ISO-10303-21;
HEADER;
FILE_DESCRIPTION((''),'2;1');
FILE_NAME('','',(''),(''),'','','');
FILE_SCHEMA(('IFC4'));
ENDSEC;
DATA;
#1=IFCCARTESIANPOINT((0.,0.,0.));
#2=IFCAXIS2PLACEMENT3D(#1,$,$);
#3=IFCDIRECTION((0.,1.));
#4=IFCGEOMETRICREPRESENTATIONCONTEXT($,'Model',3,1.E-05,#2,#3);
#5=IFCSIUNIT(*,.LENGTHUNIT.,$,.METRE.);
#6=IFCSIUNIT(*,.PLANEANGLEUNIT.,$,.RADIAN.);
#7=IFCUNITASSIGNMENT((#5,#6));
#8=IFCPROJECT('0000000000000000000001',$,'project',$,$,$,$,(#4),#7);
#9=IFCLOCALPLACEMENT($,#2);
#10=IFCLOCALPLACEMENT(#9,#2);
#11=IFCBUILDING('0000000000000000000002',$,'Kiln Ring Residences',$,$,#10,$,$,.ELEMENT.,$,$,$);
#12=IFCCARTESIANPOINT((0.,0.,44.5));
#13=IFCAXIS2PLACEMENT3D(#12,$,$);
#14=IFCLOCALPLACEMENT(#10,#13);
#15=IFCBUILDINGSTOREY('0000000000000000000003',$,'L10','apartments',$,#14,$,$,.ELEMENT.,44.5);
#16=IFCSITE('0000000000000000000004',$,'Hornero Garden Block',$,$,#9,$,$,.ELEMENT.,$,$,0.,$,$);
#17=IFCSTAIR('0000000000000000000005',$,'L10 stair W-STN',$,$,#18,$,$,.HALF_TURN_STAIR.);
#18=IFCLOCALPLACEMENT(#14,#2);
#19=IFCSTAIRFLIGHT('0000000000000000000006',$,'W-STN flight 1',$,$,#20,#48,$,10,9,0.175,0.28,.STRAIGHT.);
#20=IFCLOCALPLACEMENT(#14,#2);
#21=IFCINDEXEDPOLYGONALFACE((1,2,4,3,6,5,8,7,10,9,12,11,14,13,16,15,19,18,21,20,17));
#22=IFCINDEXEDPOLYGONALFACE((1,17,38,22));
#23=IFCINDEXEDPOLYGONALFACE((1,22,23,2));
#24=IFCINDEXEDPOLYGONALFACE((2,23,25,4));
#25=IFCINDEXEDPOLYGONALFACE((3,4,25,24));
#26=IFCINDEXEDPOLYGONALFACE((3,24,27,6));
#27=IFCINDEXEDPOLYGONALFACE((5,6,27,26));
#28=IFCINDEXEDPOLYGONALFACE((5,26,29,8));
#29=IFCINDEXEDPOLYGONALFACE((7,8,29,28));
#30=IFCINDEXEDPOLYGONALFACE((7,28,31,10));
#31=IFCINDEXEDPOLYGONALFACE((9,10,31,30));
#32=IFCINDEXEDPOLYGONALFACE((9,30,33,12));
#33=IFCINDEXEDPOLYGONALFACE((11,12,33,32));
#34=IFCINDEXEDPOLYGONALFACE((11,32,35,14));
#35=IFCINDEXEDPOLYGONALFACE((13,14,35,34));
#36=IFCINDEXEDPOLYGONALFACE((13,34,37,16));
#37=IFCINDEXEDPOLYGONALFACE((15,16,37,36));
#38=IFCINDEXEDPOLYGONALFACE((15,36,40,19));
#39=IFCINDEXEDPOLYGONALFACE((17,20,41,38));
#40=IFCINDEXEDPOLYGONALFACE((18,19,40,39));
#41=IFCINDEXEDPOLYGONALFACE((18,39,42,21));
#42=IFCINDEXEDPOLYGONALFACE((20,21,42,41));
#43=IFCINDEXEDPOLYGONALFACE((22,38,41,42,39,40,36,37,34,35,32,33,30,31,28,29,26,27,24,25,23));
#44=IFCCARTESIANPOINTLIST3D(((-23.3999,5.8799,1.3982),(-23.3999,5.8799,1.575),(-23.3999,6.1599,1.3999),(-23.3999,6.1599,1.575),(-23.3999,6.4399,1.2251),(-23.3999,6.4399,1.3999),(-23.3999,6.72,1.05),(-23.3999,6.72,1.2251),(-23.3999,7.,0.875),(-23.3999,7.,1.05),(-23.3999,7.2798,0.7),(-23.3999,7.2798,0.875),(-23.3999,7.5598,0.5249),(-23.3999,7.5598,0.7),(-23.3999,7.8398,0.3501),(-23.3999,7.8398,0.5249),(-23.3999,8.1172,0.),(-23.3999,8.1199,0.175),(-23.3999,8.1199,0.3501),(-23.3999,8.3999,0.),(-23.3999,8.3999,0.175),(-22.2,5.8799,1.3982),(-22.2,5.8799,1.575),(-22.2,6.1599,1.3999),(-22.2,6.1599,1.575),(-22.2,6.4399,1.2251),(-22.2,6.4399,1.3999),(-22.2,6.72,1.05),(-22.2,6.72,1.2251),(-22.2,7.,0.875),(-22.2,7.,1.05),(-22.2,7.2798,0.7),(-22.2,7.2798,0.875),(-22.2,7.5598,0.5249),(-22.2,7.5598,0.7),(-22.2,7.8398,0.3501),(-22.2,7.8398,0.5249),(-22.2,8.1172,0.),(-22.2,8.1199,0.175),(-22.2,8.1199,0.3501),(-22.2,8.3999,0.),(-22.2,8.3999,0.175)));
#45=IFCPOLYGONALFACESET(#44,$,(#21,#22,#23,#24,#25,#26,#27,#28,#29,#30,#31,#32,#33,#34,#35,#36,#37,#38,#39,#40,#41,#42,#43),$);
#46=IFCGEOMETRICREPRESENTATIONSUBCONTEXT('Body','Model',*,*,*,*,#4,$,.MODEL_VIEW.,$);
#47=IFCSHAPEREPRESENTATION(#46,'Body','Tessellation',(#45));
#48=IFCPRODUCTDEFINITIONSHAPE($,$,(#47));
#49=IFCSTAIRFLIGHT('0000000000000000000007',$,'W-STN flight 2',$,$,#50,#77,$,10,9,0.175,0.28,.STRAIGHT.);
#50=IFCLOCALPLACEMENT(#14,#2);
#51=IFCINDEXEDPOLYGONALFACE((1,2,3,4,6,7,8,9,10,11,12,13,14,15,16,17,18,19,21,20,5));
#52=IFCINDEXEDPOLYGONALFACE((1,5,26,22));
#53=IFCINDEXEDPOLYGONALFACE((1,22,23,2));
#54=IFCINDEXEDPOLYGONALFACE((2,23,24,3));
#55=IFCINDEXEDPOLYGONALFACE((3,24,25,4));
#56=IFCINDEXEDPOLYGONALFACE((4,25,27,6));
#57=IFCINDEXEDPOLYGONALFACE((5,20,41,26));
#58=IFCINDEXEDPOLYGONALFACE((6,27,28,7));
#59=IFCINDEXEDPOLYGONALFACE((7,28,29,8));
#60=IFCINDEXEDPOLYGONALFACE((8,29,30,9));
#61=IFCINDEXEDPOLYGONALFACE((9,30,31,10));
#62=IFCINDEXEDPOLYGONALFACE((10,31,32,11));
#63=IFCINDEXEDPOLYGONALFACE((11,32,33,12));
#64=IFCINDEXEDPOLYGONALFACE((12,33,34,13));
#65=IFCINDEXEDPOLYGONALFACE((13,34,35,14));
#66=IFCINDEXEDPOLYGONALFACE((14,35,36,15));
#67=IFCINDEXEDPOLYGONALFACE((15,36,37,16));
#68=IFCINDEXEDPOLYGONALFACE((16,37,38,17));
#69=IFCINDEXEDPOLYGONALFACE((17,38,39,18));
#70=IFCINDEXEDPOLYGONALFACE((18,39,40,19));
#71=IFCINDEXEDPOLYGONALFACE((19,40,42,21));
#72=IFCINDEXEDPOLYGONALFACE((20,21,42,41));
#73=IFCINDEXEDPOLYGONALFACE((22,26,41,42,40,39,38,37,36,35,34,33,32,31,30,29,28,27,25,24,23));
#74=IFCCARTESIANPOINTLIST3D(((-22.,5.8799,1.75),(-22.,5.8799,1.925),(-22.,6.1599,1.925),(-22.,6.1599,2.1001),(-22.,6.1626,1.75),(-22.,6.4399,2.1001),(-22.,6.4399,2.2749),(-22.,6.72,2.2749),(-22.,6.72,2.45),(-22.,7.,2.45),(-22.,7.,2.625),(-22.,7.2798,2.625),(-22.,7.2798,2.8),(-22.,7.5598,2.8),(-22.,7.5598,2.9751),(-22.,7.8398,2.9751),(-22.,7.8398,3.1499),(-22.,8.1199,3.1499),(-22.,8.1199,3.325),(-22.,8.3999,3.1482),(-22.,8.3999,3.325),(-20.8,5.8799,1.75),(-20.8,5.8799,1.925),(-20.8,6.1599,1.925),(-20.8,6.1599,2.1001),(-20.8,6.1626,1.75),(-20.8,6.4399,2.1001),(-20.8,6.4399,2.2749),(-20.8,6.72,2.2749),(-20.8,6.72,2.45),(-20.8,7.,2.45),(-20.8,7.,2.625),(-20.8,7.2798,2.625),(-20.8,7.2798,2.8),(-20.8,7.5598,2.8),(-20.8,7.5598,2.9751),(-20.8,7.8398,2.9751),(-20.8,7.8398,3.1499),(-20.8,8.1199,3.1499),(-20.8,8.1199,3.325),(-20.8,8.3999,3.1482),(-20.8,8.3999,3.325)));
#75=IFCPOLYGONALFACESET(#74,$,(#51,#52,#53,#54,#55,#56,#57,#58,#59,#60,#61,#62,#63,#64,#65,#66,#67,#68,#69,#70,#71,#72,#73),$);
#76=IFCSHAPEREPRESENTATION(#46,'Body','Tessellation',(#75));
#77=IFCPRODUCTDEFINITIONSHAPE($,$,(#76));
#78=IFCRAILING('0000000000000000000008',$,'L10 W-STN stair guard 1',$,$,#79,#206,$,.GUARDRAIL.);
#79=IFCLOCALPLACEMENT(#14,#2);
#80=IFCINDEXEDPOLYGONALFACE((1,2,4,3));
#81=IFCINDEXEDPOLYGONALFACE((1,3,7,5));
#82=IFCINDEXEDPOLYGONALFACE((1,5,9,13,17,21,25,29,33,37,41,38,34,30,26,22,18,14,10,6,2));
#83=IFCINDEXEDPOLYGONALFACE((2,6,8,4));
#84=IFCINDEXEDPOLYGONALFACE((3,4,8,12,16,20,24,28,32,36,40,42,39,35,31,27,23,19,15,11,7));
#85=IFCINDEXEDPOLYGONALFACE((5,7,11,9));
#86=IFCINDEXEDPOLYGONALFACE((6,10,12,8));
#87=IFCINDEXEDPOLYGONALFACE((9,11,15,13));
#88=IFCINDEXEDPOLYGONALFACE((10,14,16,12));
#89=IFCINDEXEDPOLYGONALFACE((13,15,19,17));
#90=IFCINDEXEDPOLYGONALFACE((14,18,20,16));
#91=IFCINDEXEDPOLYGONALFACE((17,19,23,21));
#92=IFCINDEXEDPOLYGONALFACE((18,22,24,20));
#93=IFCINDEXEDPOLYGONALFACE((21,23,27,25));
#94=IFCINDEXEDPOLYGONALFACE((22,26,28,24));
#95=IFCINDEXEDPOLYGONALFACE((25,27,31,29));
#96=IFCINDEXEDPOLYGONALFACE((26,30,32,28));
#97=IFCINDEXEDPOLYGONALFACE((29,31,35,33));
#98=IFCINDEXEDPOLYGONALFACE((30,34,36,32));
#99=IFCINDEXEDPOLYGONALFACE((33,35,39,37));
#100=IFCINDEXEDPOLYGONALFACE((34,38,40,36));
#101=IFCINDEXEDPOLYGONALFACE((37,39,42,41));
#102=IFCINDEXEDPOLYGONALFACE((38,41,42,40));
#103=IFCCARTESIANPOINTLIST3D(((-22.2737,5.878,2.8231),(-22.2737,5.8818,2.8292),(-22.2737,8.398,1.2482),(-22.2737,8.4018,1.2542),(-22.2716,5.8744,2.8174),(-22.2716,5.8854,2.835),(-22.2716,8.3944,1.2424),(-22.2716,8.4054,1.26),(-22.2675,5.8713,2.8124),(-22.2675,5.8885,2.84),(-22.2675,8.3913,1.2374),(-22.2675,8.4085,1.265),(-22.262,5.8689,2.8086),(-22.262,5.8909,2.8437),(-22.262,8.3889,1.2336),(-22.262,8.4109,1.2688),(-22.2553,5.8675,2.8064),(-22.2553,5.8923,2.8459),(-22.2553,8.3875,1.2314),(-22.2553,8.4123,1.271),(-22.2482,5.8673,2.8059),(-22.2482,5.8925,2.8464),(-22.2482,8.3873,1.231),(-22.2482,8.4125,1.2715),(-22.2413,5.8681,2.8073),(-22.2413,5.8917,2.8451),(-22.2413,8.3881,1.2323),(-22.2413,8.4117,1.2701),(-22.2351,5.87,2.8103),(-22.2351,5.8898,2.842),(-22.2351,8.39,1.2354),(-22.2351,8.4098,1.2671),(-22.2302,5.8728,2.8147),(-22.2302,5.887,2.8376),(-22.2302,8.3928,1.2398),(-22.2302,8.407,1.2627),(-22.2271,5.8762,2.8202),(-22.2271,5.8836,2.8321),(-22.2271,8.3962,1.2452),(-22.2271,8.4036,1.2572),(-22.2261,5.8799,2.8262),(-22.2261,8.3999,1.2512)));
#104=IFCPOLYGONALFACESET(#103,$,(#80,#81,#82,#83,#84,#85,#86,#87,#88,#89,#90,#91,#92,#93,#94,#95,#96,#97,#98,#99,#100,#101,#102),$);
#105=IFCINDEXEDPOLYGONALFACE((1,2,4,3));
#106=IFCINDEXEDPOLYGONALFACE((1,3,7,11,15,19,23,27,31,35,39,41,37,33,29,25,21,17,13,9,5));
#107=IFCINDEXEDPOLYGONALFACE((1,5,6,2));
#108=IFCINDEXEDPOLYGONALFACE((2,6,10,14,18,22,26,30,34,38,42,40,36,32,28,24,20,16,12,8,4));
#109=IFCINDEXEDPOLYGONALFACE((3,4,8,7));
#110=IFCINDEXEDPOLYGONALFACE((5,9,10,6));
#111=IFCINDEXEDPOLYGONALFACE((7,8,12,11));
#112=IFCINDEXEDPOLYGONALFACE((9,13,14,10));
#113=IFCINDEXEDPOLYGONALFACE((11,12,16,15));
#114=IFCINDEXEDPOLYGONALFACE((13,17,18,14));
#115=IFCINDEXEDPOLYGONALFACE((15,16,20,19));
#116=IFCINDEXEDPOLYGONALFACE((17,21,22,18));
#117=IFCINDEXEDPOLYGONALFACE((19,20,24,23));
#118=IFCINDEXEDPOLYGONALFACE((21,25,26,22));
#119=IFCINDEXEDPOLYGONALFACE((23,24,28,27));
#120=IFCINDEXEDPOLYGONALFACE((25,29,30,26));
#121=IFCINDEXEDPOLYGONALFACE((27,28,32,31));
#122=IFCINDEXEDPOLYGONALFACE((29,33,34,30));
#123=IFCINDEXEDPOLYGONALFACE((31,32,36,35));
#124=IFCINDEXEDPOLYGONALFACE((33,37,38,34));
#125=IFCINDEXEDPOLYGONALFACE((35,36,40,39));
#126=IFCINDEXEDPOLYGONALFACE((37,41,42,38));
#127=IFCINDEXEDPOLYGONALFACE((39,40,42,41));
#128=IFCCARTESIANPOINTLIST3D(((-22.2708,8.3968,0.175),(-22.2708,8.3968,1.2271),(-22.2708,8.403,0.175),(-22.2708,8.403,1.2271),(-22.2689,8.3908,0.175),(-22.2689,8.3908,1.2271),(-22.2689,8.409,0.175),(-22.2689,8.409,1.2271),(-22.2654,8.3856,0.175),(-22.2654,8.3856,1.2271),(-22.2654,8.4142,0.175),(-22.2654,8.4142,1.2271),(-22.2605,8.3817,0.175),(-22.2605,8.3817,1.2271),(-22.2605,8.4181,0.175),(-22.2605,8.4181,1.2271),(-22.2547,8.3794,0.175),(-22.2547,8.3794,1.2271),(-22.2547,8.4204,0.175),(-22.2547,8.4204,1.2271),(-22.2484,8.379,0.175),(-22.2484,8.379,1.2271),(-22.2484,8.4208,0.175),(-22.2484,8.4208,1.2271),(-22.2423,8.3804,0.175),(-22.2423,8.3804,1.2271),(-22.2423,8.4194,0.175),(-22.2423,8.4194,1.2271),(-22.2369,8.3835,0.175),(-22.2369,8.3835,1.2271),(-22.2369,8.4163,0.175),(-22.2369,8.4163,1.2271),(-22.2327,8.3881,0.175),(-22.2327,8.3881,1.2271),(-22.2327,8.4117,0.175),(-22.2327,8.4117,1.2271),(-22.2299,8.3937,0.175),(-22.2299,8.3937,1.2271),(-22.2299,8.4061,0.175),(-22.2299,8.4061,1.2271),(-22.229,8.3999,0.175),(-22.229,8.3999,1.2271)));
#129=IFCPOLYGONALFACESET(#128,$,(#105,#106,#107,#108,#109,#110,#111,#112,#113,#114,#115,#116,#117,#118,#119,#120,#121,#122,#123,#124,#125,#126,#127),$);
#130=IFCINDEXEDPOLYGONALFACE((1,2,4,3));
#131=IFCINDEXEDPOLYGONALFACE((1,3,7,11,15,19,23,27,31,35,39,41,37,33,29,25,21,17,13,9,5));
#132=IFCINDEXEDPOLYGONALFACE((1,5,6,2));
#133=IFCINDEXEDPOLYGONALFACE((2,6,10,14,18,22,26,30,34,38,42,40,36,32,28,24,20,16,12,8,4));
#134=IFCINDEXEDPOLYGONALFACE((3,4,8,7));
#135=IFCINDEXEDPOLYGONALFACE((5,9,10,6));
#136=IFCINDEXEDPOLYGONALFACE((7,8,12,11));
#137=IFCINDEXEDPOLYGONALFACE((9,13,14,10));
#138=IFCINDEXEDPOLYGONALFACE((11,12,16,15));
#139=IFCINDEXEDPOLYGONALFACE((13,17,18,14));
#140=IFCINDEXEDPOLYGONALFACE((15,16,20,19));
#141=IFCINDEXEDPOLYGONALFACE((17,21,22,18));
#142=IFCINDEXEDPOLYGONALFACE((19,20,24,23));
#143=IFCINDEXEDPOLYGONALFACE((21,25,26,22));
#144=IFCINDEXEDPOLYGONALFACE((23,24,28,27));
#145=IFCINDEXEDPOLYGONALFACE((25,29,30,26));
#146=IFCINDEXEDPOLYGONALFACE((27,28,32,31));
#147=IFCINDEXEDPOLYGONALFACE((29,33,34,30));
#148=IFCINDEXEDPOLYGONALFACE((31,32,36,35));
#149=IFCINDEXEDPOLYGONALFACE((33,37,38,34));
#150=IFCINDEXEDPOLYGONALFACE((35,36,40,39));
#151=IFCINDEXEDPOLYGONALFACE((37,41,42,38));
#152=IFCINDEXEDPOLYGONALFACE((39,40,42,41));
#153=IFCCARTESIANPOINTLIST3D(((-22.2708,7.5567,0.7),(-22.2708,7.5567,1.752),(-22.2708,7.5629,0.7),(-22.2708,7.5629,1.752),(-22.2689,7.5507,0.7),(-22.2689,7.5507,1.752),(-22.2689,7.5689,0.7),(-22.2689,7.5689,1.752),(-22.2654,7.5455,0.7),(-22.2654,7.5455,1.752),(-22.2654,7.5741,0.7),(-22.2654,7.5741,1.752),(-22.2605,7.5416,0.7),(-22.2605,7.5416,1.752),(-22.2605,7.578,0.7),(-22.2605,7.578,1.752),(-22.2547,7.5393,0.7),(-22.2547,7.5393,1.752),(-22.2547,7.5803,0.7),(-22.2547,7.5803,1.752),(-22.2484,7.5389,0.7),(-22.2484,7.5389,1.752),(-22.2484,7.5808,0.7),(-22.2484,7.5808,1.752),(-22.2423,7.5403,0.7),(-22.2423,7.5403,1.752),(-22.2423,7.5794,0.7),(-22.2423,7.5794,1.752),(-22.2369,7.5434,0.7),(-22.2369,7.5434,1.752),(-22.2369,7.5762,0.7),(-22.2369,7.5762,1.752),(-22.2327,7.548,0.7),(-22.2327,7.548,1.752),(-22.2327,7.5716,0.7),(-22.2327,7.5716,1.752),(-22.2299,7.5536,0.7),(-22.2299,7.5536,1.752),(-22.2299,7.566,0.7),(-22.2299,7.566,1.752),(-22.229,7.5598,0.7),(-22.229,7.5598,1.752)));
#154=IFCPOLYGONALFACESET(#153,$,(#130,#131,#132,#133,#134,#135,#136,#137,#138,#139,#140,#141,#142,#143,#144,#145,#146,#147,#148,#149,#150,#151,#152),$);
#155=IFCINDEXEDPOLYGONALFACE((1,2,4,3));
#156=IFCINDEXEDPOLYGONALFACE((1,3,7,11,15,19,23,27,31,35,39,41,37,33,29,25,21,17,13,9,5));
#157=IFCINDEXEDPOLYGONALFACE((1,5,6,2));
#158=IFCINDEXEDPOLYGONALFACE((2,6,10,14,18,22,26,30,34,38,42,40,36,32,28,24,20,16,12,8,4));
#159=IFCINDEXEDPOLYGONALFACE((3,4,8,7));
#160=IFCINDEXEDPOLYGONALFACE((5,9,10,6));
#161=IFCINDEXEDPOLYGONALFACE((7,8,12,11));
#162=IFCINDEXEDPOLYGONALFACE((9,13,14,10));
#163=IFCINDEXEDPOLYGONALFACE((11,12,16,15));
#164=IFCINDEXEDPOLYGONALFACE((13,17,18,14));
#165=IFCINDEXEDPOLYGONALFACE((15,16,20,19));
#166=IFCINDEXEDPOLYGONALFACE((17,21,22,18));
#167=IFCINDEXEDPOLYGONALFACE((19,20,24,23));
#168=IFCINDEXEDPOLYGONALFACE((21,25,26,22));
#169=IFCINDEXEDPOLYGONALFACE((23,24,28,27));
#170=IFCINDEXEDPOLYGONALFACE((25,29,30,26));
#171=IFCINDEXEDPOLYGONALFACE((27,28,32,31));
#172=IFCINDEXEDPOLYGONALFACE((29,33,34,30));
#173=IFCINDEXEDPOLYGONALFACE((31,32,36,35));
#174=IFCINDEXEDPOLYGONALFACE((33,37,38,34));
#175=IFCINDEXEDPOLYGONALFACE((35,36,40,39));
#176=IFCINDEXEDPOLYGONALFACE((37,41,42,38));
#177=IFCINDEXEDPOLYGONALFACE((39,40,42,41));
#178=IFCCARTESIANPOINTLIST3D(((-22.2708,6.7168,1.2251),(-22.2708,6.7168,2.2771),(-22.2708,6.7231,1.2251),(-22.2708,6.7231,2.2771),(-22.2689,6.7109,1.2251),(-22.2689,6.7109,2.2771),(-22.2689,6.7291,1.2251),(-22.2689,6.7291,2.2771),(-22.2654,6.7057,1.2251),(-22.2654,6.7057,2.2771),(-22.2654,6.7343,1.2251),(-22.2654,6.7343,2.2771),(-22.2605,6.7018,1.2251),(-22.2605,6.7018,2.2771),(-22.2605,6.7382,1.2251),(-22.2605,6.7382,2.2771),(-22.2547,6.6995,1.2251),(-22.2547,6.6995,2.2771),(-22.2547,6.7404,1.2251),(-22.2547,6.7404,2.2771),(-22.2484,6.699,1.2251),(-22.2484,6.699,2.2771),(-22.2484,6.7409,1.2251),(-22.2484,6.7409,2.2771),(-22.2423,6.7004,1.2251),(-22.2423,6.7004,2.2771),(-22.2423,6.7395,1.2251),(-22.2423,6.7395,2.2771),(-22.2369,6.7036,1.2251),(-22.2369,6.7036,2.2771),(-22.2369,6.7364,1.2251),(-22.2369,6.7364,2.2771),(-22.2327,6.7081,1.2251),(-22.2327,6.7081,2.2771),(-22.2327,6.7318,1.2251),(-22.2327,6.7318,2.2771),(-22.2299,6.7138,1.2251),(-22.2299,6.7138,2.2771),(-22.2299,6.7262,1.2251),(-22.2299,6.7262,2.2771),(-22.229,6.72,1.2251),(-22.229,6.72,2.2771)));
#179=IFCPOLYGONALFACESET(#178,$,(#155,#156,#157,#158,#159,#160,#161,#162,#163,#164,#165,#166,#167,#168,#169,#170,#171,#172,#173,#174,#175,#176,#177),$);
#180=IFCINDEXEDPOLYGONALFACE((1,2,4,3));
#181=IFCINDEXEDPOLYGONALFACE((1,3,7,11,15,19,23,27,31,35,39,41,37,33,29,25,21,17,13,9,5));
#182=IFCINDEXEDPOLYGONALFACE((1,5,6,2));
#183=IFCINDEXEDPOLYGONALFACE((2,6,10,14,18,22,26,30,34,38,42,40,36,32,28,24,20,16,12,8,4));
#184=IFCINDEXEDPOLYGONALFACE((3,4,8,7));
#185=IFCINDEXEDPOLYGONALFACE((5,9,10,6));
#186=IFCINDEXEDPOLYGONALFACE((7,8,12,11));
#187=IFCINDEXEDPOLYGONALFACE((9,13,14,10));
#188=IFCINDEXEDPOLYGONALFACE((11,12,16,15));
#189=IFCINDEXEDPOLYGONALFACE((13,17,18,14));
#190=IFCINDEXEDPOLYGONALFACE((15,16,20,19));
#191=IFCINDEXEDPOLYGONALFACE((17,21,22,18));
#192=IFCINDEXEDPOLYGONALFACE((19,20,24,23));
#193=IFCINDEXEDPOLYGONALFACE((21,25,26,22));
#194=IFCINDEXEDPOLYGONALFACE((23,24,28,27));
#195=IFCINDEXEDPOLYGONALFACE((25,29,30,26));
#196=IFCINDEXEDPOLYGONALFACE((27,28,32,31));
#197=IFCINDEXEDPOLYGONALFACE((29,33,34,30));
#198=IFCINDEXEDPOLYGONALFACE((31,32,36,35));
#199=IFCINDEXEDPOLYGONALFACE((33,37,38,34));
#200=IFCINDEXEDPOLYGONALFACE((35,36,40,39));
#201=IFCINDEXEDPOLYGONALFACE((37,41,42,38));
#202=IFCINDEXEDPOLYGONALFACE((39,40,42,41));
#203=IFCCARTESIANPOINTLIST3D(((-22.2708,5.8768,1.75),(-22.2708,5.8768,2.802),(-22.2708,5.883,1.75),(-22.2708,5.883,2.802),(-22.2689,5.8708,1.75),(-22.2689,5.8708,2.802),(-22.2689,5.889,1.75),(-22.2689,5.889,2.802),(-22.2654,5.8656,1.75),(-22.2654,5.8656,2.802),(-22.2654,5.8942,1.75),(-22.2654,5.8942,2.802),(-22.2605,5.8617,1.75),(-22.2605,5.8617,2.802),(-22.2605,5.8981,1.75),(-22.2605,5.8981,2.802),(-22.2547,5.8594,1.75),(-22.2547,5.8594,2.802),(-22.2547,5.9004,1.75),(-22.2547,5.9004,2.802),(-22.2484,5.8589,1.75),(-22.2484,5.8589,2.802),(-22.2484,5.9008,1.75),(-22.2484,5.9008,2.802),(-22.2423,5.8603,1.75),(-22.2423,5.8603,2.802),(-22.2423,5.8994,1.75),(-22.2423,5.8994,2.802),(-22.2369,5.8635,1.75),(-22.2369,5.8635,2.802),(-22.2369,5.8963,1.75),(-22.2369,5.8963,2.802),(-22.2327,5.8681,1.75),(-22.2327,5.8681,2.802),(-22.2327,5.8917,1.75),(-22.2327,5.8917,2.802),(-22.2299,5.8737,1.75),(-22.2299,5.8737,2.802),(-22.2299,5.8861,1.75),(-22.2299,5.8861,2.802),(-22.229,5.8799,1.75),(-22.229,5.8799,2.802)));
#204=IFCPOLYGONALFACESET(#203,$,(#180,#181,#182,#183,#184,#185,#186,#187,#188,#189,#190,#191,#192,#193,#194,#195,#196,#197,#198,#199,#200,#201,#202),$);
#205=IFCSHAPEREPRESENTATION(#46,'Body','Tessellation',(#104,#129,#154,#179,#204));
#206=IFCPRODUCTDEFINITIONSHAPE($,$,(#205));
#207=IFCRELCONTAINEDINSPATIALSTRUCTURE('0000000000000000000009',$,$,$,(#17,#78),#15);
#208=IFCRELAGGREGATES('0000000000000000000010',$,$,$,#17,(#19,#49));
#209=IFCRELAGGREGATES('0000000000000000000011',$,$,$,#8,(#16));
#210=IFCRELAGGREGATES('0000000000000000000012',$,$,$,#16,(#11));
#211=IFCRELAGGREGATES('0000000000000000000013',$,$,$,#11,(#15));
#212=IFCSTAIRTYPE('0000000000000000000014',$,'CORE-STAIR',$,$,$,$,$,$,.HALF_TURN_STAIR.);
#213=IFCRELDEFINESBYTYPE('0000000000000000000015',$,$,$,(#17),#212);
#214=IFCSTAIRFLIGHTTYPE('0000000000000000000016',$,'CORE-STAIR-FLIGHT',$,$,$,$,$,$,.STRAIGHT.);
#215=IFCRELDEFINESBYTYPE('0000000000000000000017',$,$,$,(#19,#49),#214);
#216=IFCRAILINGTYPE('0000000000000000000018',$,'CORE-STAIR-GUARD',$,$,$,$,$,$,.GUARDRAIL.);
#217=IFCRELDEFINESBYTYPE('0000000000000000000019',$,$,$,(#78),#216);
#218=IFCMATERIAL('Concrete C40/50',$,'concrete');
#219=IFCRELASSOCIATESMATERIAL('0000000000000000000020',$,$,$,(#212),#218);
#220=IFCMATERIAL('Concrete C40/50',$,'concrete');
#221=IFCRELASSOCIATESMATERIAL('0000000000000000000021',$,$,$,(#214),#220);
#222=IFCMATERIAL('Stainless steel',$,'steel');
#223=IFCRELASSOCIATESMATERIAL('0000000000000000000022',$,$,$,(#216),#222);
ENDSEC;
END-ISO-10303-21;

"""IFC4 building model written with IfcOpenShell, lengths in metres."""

from ifc_helpers import new_model, si_unit, direction, frame, origin, origin_2d, place, context, subcontext, project, spatial, polyline, circle, outline, extrude, material, type_object, element, aggregate, save


model = new_model("IFC4")

# Units and contexts
model_context = context("Model", 3, precision=1e-05, world=origin(), true_north=direction((0.0, 1.0)))
body_context = subcontext(model_context, "Body", "Model", "MODEL_VIEW")
ifc_project = project(units=[si_unit("LENGTHUNIT", "METRE"), si_unit("PLANEANGLEUNIT", "RADIAN")], contexts=[model_context])

# Site, building, storey
site_placement = place(None, origin())
site = spatial("IfcSite", under=ifc_project, at=site_placement, Name="Hornero Garden Block", CompositionType="ELEMENT", RefElevation=0.0)
building_placement = place(site_placement, origin())
building = spatial("IfcBuilding", under=site, at=building_placement, Name="Kiln Ring Residences", CompositionType="ELEMENT")
storey_placement = place(building_placement, frame((0.0, 0.0, 44.5)))
storey = spatial("IfcBuildingStorey", under=building, at=storey_placement, Name="L10", Description="apartments", CompositionType="ELEMENT", Elevation=44.5)

# Stair, stair flights
ifc_material_1 = material(Name="Concrete C40/50", Category="concrete")
stair_type = type_object("IfcStairType", Name="CORE-STAIR", PredefinedType="HALF_TURN_STAIR", material=ifc_material_1)
stair_placement = place(storey_placement, origin())
stair = element("IfcStair", 1, at=stair_placement, inside=storey, type_object=stair_type, Name="L10 stair W-STN", PredefinedType="HALF_TURN_STAIR")
ifc_material_2 = material(Name="Concrete C40/50", Category="concrete")
stair_flight_type = type_object("IfcStairFlightType", Name="CORE-STAIR-FLIGHT", PredefinedType="STRAIGHT", material=ifc_material_2)
stair_flight_1_placement = place(storey_placement, frame((-22.8, 8.3999, 0.0), z_axis=(0.0, 0.0, 1.0), x_axis=(0.0, -1.0, 0.0)))
stair_flight_1 = element("IfcStairFlight", 2, at=stair_flight_1_placement, type_object=stair_flight_type, Name="W-STN flight 1", NumberOfRisers=10, NumberOfTreads=9, PredefinedType="STRAIGHT", RiserHeight=0.175, TreadLength=0.28, context=body_context, shape_type="SweptSolid", body=[
    extrude(outline(polyline([(0.0, 0.0), (0.0, 0.175), (0.28, 0.175), (0.28, 0.3501), (0.5601, 0.3501), (0.5601, 0.5249), (0.8401, 0.5249), (0.8401, 0.7), (1.1201, 0.7), (1.1201, 0.875), (1.3999, 0.875), (1.3999, 1.05), (1.6799, 1.05), (1.6799, 1.2251), (1.96, 1.2251), (1.96, 1.3999), (2.24, 1.3999), (2.24, 1.575), (2.52, 1.575), (2.52, 1.75), (2.52, 1.3982), (0.2827, 0.0), (0.0, 0.0)])), frame((0.0, 0.6001, 0.0), z_axis=(0.0, -1.0, 0.0), x_axis=(1.0, 0.0, 0.0)), (0.0, 0.0, 1.0), 1.2),
])
stair_flight_2_placement = place(storey_placement, frame((-21.3999, 5.8799, 1.75), z_axis=(0.0, 0.0, 1.0), x_axis=(0.0, 1.0, 0.0)))
stair_flight_2 = element("IfcStairFlight", 3, at=stair_flight_2_placement, type_object=stair_flight_type, Name="W-STN flight 2", NumberOfRisers=10, NumberOfTreads=9, PredefinedType="STRAIGHT", RiserHeight=0.175, TreadLength=0.28, context=body_context, shape_type="SweptSolid", body=[
    extrude(outline(polyline([(0.0, 0.0), (0.0, 0.175), (0.28, 0.175), (0.28, 0.3501), (0.5601, 0.3501), (0.5601, 0.5249), (0.8401, 0.5249), (0.8401, 0.7), (1.1201, 0.7), (1.1201, 0.875), (1.3999, 0.875), (1.3999, 1.05), (1.6799, 1.05), (1.6799, 1.2251), (1.96, 1.2251), (1.96, 1.3999), (2.24, 1.3999), (2.24, 1.575), (2.52, 1.575), (2.52, 1.75), (2.52, 1.3982), (0.2827, 0.0), (0.0, 0.0)])), frame((0.0, 0.6001, 0.0), z_axis=(0.0, -1.0, 0.0), x_axis=(1.0, 0.0, 0.0)), (0.0, 0.0, 1.0), 1.2),
])
aggregate(stair, [stair_flight_1, stair_flight_2])

# Railing
ifc_material_3 = material(Name="Stainless steel", Category="steel")
railing_type_1 = type_object("IfcRailingType", Name="CORE-STAIR-GUARD", PredefinedType="GUARDRAIL", material=ifc_material_3)
railing_1_placement = place(storey_placement, frame((-22.25, 8.3999, 0.175)))
element("IfcRailing", 4, at=railing_1_placement, inside=storey, type_object=railing_type_1, Name="L10 W-STN stair guard 1", PredefinedType="GUARDRAIL", context=body_context, shape_type="SweptSolid", body=[
    extrude(circle(Radius=0.0239, at=origin_2d()), frame((0.0, 0.0, 1.0762), z_axis=(0.0, -0.848008, 0.529984), x_axis=(1.0, 0.0, 0.0)), (0.0, 0.0, 1.0), 2.9717),
    extrude(circle(Radius=0.021, at=origin_2d()), origin(), (0.0, 0.0, 1.0), 1.052),
    extrude(circle(Radius=0.021, at=origin_2d()), frame((0.0, -0.8401, 0.5249)), (0.0, 0.0, 1.0), 1.052),
    extrude(circle(Radius=0.021, at=origin_2d()), frame((0.0, -1.6799, 1.05)), (0.0, 0.0, 1.0), 1.052),
    extrude(circle(Radius=0.021, at=origin_2d()), frame((0.0, -2.52, 1.575)), (0.0, 0.0, 1.0), 1.052),
])

save(model, "model.ifc")
